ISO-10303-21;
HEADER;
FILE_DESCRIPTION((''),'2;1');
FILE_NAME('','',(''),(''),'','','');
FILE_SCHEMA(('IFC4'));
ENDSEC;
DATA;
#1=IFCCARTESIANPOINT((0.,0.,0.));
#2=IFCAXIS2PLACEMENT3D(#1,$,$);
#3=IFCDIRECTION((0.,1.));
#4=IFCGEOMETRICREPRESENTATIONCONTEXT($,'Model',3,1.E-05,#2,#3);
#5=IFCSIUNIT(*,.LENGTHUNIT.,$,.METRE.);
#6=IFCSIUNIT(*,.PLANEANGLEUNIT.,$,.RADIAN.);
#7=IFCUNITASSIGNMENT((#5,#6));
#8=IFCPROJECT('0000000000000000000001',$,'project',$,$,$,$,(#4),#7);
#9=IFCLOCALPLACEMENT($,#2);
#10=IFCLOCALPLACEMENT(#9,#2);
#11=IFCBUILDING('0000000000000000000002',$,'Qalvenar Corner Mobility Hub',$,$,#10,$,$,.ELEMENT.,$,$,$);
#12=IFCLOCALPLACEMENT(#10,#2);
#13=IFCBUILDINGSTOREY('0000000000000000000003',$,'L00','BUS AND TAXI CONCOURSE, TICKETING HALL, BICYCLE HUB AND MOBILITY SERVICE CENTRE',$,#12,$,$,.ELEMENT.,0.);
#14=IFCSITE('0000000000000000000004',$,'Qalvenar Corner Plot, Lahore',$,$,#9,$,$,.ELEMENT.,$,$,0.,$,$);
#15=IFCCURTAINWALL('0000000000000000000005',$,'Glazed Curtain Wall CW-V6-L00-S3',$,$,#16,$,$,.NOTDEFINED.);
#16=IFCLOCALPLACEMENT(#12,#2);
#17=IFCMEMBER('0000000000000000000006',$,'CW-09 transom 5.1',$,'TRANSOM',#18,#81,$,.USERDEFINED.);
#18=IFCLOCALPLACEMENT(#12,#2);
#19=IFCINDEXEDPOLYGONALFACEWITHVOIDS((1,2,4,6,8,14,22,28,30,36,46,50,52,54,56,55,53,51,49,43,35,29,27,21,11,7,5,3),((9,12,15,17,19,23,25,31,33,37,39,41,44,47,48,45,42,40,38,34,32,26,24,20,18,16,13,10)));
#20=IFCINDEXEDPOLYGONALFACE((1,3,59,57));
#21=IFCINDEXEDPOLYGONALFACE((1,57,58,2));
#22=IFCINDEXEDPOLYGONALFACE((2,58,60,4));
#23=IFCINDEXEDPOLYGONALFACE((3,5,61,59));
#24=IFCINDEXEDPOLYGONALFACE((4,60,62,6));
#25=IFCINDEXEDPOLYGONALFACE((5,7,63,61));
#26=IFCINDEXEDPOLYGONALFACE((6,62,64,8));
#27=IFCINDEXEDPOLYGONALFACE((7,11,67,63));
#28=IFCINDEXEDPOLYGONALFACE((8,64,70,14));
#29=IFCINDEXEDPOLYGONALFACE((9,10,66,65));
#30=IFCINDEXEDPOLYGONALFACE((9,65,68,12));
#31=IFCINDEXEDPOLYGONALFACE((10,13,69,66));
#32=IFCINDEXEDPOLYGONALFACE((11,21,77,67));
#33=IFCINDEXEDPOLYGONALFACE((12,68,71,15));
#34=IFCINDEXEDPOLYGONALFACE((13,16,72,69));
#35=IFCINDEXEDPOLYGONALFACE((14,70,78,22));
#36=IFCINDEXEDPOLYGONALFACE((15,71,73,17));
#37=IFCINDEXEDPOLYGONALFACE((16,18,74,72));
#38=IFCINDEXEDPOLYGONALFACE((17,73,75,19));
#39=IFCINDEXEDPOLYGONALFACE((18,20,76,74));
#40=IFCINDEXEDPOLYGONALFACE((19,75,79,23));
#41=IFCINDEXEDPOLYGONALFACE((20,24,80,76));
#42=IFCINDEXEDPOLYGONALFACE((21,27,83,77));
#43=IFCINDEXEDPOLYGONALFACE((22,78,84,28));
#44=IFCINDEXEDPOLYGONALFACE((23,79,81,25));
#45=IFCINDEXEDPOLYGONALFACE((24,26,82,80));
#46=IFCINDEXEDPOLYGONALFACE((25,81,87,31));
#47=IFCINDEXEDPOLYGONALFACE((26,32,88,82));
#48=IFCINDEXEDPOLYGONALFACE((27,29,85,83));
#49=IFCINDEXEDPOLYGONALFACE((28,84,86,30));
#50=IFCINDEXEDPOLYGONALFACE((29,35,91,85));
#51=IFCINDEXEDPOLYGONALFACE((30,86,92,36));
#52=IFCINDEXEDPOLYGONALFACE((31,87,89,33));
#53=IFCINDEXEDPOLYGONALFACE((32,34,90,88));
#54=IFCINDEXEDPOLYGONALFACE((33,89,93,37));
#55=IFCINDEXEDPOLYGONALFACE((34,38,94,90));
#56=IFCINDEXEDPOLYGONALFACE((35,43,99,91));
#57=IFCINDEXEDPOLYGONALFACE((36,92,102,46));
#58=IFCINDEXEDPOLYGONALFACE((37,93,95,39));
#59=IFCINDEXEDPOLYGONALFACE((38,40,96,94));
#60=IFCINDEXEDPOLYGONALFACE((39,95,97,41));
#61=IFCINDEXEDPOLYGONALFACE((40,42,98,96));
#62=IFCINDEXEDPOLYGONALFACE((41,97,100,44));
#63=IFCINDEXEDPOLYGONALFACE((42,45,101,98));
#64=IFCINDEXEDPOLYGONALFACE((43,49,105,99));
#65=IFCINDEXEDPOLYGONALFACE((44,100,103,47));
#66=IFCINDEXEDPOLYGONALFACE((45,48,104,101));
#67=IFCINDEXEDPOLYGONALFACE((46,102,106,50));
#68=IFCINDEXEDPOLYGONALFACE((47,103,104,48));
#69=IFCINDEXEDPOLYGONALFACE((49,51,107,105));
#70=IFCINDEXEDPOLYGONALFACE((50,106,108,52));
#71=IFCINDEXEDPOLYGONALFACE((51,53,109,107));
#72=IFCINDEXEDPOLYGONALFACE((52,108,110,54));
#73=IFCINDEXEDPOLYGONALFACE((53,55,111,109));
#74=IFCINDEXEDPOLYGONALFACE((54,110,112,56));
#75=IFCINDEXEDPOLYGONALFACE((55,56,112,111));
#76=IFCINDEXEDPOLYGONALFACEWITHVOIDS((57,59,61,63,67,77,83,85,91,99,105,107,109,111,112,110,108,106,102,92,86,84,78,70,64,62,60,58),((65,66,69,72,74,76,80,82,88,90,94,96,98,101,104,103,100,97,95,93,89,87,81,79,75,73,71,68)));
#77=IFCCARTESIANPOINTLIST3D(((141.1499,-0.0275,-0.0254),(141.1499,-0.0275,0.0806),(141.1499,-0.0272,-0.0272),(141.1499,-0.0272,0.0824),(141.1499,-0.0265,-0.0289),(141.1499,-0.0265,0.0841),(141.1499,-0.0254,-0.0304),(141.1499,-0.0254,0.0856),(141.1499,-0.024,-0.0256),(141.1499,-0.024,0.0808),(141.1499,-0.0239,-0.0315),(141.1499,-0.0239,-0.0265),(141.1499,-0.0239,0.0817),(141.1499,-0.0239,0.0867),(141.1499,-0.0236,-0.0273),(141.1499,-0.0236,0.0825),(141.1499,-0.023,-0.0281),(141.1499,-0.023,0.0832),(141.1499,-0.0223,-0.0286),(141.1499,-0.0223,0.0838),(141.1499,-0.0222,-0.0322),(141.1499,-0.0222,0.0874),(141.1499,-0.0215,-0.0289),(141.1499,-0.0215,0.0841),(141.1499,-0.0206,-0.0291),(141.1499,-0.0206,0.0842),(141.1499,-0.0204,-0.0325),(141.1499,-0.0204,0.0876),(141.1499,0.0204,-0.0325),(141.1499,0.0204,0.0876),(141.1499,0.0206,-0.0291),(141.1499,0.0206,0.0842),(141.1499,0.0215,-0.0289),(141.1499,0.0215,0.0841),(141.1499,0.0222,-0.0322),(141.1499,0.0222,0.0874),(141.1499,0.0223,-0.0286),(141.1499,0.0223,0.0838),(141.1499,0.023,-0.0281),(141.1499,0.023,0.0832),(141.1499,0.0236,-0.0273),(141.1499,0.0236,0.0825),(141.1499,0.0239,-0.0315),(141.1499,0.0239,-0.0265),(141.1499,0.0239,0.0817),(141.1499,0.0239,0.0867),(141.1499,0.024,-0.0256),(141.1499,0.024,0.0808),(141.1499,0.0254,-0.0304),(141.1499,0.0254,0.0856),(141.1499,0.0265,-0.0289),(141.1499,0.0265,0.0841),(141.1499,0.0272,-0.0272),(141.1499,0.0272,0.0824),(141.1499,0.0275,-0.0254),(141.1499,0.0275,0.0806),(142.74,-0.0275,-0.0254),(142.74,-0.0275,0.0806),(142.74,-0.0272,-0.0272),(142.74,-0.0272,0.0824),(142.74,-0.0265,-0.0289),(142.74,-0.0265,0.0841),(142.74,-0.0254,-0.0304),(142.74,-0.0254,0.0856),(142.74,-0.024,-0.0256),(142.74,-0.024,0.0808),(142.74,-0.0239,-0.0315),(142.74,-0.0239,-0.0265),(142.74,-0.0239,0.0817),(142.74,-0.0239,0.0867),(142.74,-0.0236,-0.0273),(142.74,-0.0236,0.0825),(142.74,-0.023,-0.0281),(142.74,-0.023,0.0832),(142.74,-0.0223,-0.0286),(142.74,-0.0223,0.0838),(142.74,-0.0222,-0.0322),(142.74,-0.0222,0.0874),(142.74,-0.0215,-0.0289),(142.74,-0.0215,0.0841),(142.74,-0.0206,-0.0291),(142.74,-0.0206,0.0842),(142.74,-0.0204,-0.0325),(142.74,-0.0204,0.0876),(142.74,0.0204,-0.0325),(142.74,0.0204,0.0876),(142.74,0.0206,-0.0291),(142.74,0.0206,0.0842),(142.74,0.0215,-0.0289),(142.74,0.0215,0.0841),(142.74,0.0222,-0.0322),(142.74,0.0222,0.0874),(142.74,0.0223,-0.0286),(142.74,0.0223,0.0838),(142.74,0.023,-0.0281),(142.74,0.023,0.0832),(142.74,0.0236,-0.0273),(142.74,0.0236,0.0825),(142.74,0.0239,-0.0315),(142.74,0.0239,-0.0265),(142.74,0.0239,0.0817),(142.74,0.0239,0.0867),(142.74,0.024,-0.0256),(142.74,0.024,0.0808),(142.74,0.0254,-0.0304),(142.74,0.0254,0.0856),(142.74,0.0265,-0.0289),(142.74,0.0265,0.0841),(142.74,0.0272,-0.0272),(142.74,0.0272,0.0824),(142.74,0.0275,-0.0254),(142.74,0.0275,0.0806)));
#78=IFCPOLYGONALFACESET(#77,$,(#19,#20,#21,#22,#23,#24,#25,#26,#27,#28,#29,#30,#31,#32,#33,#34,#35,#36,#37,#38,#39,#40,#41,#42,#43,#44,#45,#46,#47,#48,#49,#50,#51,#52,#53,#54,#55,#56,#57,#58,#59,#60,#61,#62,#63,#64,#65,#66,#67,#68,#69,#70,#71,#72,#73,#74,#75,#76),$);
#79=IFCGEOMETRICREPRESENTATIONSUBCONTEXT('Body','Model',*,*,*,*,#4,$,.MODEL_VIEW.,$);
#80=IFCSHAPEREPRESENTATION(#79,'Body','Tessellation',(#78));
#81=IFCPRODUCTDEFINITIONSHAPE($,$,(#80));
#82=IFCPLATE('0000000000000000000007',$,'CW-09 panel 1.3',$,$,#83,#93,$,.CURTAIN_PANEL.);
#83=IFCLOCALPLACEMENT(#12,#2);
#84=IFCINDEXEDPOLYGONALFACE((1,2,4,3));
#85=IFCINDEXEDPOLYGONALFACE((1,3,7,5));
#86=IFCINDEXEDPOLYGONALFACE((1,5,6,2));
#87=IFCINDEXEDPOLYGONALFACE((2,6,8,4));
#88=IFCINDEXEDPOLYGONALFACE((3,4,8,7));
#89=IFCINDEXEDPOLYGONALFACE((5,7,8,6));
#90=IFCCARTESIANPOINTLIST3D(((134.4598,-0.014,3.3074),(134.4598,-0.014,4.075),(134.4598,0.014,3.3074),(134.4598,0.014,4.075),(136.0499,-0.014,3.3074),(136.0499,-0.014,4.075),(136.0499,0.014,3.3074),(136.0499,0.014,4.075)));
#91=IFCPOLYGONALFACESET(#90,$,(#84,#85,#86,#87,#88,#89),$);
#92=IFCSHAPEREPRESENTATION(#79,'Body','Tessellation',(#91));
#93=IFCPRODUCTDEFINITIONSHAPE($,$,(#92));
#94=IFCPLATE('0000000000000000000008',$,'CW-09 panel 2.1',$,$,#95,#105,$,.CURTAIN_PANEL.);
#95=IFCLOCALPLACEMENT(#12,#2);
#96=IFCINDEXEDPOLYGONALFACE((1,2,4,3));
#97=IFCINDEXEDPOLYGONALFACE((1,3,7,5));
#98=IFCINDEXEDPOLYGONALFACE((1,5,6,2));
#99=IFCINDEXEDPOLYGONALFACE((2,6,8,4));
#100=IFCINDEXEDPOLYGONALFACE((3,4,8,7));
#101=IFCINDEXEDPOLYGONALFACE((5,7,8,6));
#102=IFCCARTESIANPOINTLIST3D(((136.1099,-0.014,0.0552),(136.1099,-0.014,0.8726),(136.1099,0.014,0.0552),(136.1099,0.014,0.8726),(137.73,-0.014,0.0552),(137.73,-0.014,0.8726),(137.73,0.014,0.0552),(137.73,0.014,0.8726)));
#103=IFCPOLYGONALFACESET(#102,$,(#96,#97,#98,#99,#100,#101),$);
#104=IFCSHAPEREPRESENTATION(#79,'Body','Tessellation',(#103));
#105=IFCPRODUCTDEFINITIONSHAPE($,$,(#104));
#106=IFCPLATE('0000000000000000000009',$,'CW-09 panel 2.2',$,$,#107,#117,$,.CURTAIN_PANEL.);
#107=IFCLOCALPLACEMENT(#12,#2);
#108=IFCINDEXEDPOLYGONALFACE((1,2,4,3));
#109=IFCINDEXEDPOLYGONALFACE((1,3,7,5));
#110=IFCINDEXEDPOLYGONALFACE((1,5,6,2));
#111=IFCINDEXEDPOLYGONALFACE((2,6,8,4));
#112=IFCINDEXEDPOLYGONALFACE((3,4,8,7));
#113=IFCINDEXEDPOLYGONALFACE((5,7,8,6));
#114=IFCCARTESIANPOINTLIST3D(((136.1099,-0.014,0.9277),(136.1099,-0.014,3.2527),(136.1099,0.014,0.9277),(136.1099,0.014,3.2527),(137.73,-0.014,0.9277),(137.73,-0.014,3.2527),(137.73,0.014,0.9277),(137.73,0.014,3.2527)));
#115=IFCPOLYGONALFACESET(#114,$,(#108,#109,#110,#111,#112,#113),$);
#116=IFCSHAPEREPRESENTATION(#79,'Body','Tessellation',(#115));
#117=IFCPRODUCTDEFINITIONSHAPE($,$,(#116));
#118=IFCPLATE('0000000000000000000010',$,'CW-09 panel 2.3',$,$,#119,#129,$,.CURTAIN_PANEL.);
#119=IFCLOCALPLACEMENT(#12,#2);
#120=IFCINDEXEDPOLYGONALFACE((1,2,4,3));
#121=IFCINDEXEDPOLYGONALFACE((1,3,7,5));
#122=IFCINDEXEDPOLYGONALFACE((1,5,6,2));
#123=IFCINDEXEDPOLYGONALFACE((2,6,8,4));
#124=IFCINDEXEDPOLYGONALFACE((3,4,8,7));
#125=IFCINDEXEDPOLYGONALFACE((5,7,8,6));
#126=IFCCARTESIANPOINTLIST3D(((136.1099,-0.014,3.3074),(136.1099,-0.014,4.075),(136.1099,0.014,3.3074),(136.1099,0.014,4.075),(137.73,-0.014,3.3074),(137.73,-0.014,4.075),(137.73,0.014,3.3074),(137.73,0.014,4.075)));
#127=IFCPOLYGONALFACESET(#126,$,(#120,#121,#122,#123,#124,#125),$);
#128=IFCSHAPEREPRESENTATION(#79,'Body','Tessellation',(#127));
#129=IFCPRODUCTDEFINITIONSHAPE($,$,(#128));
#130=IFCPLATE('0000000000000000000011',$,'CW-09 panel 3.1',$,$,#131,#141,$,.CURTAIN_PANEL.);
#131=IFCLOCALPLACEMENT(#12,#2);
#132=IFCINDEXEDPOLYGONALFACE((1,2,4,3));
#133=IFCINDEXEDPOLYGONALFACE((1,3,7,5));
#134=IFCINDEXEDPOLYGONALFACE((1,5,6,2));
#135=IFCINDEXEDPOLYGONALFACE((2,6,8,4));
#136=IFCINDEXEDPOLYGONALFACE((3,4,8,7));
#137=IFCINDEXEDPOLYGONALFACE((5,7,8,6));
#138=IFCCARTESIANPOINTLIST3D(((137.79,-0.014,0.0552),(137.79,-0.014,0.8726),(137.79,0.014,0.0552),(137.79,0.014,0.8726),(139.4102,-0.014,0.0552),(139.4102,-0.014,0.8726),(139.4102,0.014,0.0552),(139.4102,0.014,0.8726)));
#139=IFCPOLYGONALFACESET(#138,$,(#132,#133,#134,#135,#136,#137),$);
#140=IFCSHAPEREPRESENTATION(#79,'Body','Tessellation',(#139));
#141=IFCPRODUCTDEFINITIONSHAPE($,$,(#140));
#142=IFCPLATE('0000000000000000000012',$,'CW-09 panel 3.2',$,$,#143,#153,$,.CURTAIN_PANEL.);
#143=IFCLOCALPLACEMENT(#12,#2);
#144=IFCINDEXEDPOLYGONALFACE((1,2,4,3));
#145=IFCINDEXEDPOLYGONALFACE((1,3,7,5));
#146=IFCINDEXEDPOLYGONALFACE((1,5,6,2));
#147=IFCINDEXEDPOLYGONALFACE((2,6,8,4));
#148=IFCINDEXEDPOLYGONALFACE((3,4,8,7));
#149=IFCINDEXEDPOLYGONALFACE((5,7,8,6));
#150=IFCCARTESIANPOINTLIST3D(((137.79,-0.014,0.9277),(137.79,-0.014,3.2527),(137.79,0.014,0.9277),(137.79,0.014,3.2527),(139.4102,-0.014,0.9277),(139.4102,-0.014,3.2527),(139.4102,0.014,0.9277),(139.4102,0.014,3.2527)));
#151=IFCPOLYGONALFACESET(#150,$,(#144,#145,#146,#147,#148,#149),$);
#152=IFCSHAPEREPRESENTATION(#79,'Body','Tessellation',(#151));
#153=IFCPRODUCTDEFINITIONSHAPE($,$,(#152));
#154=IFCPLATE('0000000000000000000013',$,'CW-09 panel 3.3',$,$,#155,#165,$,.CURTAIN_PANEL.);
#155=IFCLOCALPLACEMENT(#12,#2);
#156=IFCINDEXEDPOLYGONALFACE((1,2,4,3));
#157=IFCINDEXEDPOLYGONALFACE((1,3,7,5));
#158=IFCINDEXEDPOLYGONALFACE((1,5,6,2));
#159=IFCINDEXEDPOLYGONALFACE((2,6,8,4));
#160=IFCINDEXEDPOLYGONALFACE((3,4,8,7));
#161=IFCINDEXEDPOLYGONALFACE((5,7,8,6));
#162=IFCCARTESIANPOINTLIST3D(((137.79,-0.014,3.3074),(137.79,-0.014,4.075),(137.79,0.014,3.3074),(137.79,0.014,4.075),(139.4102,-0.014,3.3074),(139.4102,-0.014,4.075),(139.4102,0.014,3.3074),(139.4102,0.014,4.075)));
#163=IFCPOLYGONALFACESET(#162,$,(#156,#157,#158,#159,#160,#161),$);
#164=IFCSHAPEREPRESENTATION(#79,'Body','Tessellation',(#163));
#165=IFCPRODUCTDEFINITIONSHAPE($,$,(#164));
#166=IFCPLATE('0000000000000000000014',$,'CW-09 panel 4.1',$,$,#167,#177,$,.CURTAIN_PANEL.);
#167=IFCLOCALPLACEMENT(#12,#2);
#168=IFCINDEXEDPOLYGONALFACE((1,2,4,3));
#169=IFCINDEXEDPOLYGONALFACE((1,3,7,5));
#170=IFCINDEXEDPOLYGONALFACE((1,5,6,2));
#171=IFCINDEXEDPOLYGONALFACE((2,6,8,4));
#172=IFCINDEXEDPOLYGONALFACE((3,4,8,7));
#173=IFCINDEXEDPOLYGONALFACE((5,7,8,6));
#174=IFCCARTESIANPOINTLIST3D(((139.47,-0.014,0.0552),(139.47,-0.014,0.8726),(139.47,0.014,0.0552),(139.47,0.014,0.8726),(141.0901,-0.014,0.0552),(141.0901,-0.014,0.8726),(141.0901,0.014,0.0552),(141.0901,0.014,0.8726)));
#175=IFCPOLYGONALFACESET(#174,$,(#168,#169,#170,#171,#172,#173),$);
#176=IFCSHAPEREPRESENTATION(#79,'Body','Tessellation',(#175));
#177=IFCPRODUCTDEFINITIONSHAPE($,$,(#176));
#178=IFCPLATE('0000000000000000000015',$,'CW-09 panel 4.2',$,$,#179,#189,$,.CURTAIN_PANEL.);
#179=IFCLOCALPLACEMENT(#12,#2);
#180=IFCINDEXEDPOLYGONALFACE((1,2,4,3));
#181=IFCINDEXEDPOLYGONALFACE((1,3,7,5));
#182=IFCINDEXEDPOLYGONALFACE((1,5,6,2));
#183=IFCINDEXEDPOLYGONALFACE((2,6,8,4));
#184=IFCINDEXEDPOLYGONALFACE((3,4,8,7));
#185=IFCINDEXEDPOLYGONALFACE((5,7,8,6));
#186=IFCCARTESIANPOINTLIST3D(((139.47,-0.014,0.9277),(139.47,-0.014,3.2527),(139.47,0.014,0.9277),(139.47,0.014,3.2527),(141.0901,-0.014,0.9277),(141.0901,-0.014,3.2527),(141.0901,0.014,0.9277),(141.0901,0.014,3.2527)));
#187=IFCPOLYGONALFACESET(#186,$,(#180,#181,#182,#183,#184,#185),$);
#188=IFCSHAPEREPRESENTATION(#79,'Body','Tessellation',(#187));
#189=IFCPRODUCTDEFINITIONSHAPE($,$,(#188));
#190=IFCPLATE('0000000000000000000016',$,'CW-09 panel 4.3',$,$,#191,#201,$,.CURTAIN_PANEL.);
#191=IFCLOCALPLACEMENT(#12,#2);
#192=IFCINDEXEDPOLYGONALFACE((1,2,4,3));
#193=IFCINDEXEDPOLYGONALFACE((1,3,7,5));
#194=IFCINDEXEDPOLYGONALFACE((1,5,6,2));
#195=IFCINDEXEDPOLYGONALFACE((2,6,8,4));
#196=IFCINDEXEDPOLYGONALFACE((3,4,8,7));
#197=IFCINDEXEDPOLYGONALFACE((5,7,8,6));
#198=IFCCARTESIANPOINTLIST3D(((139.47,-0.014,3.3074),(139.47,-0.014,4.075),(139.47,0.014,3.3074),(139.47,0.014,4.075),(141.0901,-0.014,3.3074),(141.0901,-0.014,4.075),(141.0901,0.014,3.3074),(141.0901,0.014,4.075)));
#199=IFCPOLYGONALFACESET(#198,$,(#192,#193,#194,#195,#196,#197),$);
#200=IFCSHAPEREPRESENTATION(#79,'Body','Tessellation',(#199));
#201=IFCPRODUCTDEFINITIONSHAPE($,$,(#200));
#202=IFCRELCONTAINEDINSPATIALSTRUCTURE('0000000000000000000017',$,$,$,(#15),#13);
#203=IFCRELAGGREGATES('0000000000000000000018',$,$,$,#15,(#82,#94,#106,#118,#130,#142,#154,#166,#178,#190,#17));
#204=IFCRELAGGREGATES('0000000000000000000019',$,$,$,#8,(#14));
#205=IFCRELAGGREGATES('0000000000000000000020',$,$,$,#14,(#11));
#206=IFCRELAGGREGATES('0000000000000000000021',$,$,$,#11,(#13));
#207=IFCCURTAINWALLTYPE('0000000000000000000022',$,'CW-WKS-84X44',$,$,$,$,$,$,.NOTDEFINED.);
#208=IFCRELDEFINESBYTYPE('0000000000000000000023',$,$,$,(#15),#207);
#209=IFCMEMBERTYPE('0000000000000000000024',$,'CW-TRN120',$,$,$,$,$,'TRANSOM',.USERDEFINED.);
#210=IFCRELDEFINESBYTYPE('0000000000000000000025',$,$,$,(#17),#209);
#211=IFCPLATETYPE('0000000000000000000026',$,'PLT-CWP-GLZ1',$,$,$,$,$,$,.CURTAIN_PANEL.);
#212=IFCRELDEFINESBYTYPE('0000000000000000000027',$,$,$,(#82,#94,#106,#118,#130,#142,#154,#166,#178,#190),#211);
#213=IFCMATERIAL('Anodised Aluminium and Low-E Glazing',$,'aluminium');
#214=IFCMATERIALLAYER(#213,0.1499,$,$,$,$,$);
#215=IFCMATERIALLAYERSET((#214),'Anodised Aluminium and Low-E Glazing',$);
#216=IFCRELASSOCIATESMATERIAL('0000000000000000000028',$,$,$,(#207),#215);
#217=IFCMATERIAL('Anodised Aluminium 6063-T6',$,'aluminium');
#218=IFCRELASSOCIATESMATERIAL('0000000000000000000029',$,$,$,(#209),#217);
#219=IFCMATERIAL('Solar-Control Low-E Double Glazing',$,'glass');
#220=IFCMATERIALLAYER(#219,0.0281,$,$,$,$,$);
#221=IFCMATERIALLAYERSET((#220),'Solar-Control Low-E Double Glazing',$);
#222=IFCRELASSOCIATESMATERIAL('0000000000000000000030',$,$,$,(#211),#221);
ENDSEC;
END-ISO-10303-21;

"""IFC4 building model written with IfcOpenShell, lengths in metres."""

from ifc_helpers import new_model, si_unit, direction, frame, origin, origin_2d, place, context, subcontext, project, spatial, rectangle, hollow_rectangle, extrude, material, layer, layer_set, material_profile, profile_set, type_object, element, aggregate, save


model = new_model("IFC4")

# Units and contexts
model_context = context("Model", 3, precision=1e-05, world=origin(), true_north=direction((0.0, 1.0)))
body_context = subcontext(model_context, "Body", "Model", "MODEL_VIEW")
ifc_project = project(units=[si_unit("LENGTHUNIT", "METRE"), si_unit("PLANEANGLEUNIT", "RADIAN")], contexts=[model_context])

# Site, building, storey
site_placement = place(None, origin())
site = spatial("IfcSite", under=ifc_project, at=site_placement, Name="Qalvenar Corner Plot, Lahore", CompositionType="ELEMENT", RefElevation=0.0)
building_placement = place(site_placement, origin())
building = spatial("IfcBuilding", under=site, at=building_placement, Name="Qalvenar Corner Mobility Hub", CompositionType="ELEMENT")
storey_placement = place(building_placement, origin())
storey = spatial("IfcBuildingStorey", under=building, at=storey_placement, Name="L00", Description="BUS AND TAXI CONCOURSE, TICKETING HALL, BICYCLE HUB AND MOBILITY SERVICE CENTRE", CompositionType="ELEMENT", Elevation=0.0)

# Curtain wall, member, plates
ifc_material_1 = material(Name="Anodised Aluminium and Low-E Glazing", Category="aluminium")
ifc_layer_1 = layer(ifc_material_1, 0.1499)
ifc_layer_set_1 = layer_set([ifc_layer_1], Name="Anodised Aluminium and Low-E Glazing")
curtain_wall_type = type_object("IfcCurtainWallType", Name="CW-WKS-84X44", PredefinedType="NOTDEFINED", material=ifc_layer_set_1)
curtain_wall_placement = place(storey_placement, origin())
curtain_wall = element("IfcCurtainWall", 1, at=curtain_wall_placement, inside=storey, type_object=curtain_wall_type, Name="Glazed Curtain Wall CW-V6-L00-S3", PredefinedType="NOTDEFINED")
ifc_material_2 = material(Name="Anodised Aluminium 6063-T6", Category="aluminium")
ifc_material_profile_1 = material_profile(ifc_material_2, hollow_rectangle(XDim=0.0549, YDim=0.1201, WallThickness=0.0034, InnerFilletRadius=0.0034, OuterFilletRadius=0.0071, at=origin_2d()), Name="RHS120x55x3.5")
ifc_profile_set_1 = profile_set([ifc_material_profile_1], Name="Anodised Aluminium 6063-T6")
member_type_1 = type_object("IfcMemberType", Name="CW-TRN120", ElementType="TRANSOM", PredefinedType="USERDEFINED", material=ifc_profile_set_1)
member_1_placement = place(storey_placement, frame((141.1499, 0.0, 0.0276), z_axis=(1.0, 0.0, 0.0), x_axis=(0.0, 1.0, 0.0)))
member_1 = element("IfcMember", 2, at=member_1_placement, type_object=member_type_1, Name="CW-09 transom 5.1", ObjectType="TRANSOM", PredefinedType="USERDEFINED", context=body_context, shape_type="SweptSolid", body=[
    extrude(hollow_rectangle(XDim=0.0549, YDim=0.1201, WallThickness=0.0034, InnerFilletRadius=0.0034, OuterFilletRadius=0.0071, at=origin_2d()), origin(), (0.0, 0.0, 1.0), 1.5901),
])
ifc_material_3 = material(Name="Solar-Control Low-E Double Glazing", Category="glass")
ifc_layer_2 = layer(ifc_material_3, 0.0281)
ifc_layer_set_2 = layer_set([ifc_layer_2], Name="Solar-Control Low-E Double Glazing")
plate_type = type_object("IfcPlateType", Name="PLT-CWP-GLZ1", PredefinedType="CURTAIN_PANEL", material=ifc_layer_set_2)
plate_1_placement = place(storey_placement, frame((135.2549, 0.0, 3.3074), z_axis=(0.0, 0.0, 1.0), x_axis=(1.0, 0.0, 0.0)))
plate_1 = element("IfcPlate", 3, at=plate_1_placement, type_object=plate_type, Name="CW-09 panel 1.3", PredefinedType="CURTAIN_PANEL", context=body_context, shape_type="SweptSolid", body=[
    extrude(rectangle(XDim=1.5901, YDim=0.0281, at=origin_2d()), origin(), (0.0, 0.0, 1.0), 0.7676),
])
plate_2_placement = place(storey_placement, frame((136.9199, 0.0, 0.0552), z_axis=(0.0, 0.0, 1.0), x_axis=(1.0, 0.0, 0.0)))
plate_2 = element("IfcPlate", 4, at=plate_2_placement, type_object=plate_type, Name="CW-09 panel 2.1", PredefinedType="CURTAIN_PANEL", context=body_context, shape_type="SweptSolid", body=[
    extrude(rectangle(XDim=1.6201, YDim=0.0281, at=origin_2d()), origin(), (0.0, 0.0, 1.0), 0.8174),
])
plate_3_placement = place(storey_placement, frame((136.9199, 0.0, 0.9277), z_axis=(0.0, 0.0, 1.0), x_axis=(1.0, 0.0, 0.0)))
plate_3 = element("IfcPlate", 5, at=plate_3_placement, type_object=plate_type, Name="CW-09 panel 2.2", PredefinedType="CURTAIN_PANEL", context=body_context, shape_type="SweptSolid", body=[
    extrude(rectangle(XDim=1.6201, YDim=0.0281, at=origin_2d()), origin(), (0.0, 0.0, 1.0), 2.325),
])
plate_4_placement = place(storey_placement, frame((136.9199, 0.0, 3.3074), z_axis=(0.0, 0.0, 1.0), x_axis=(1.0, 0.0, 0.0)))
plate_4 = element("IfcPlate", 6, at=plate_4_placement, type_object=plate_type, Name="CW-09 panel 2.3", PredefinedType="CURTAIN_PANEL", context=body_context, shape_type="SweptSolid", body=[
    extrude(rectangle(XDim=1.6201, YDim=0.0281, at=origin_2d()), origin(), (0.0, 0.0, 1.0), 0.7676),
])
plate_5_placement = place(storey_placement, frame((138.6001, 0.0, 0.0552), z_axis=(0.0, 0.0, 1.0), x_axis=(1.0, 0.0, 0.0)))
plate_5 = element("IfcPlate", 7, at=plate_5_placement, type_object=plate_type, Name="CW-09 panel 3.1", PredefinedType="CURTAIN_PANEL", context=body_context, shape_type="SweptSolid", body=[
    extrude(rectangle(XDim=1.6201, YDim=0.0281, at=origin_2d()), origin(), (0.0, 0.0, 1.0), 0.8174),
])
plate_6_placement = place(storey_placement, frame((138.6001, 0.0, 0.9277), z_axis=(0.0, 0.0, 1.0), x_axis=(1.0, 0.0, 0.0)))
plate_6 = element("IfcPlate", 8, at=plate_6_placement, type_object=plate_type, Name="CW-09 panel 3.2", PredefinedType="CURTAIN_PANEL", context=body_context, shape_type="SweptSolid", body=[
    extrude(rectangle(XDim=1.6201, YDim=0.0281, at=origin_2d()), origin(), (0.0, 0.0, 1.0), 2.325),
])
plate_7_placement = place(storey_placement, frame((138.6001, 0.0, 3.3074), z_axis=(0.0, 0.0, 1.0), x_axis=(1.0, 0.0, 0.0)))
plate_7 = element("IfcPlate", 9, at=plate_7_placement, type_object=plate_type, Name="CW-09 panel 3.3", PredefinedType="CURTAIN_PANEL", context=body_context, shape_type="SweptSolid", body=[
    extrude(rectangle(XDim=1.6201, YDim=0.0281, at=origin_2d()), origin(), (0.0, 0.0, 1.0), 0.7676),
])
plate_8_placement = place(storey_placement, frame((140.28, 0.0, 0.0552), z_axis=(0.0, 0.0, 1.0), x_axis=(1.0, 0.0, 0.0)))
plate_8 = element("IfcPlate", 10, at=plate_8_placement, type_object=plate_type, Name="CW-09 panel 4.1", PredefinedType="CURTAIN_PANEL", context=body_context, shape_type="SweptSolid", body=[
    extrude(rectangle(XDim=1.6201, YDim=0.0281, at=origin_2d()), origin(), (0.0, 0.0, 1.0), 0.8174),
])
plate_9_placement = place(storey_placement, frame((140.28, 0.0, 0.9277), z_axis=(0.0, 0.0, 1.0), x_axis=(1.0, 0.0, 0.0)))
plate_9 = element("IfcPlate", 11, at=plate_9_placement, type_object=plate_type, Name="CW-09 panel 4.2", PredefinedType="CURTAIN_PANEL", context=body_context, shape_type="SweptSolid", body=[
    extrude(rectangle(XDim=1.6201, YDim=0.0281, at=origin_2d()), origin(), (0.0, 0.0, 1.0), 2.325),
])
plate_10_placement = place(storey_placement, frame((140.28, 0.0, 3.3074), z_axis=(0.0, 0.0, 1.0), x_axis=(1.0, 0.0, 0.0)))
plate_10 = element("IfcPlate", 12, at=plate_10_placement, type_object=plate_type, Name="CW-09 panel 4.3", PredefinedType="CURTAIN_PANEL", context=body_context, shape_type="SweptSolid", body=[
    extrude(rectangle(XDim=1.6201, YDim=0.0281, at=origin_2d()), origin(), (0.0, 0.0, 1.0), 0.7676),
])
aggregate(curtain_wall, [plate_1, plate_2, plate_3, plate_4, plate_5, plate_6, plate_7, plate_8, plate_9, plate_10, member_1])

save(model, "model.ifc")
